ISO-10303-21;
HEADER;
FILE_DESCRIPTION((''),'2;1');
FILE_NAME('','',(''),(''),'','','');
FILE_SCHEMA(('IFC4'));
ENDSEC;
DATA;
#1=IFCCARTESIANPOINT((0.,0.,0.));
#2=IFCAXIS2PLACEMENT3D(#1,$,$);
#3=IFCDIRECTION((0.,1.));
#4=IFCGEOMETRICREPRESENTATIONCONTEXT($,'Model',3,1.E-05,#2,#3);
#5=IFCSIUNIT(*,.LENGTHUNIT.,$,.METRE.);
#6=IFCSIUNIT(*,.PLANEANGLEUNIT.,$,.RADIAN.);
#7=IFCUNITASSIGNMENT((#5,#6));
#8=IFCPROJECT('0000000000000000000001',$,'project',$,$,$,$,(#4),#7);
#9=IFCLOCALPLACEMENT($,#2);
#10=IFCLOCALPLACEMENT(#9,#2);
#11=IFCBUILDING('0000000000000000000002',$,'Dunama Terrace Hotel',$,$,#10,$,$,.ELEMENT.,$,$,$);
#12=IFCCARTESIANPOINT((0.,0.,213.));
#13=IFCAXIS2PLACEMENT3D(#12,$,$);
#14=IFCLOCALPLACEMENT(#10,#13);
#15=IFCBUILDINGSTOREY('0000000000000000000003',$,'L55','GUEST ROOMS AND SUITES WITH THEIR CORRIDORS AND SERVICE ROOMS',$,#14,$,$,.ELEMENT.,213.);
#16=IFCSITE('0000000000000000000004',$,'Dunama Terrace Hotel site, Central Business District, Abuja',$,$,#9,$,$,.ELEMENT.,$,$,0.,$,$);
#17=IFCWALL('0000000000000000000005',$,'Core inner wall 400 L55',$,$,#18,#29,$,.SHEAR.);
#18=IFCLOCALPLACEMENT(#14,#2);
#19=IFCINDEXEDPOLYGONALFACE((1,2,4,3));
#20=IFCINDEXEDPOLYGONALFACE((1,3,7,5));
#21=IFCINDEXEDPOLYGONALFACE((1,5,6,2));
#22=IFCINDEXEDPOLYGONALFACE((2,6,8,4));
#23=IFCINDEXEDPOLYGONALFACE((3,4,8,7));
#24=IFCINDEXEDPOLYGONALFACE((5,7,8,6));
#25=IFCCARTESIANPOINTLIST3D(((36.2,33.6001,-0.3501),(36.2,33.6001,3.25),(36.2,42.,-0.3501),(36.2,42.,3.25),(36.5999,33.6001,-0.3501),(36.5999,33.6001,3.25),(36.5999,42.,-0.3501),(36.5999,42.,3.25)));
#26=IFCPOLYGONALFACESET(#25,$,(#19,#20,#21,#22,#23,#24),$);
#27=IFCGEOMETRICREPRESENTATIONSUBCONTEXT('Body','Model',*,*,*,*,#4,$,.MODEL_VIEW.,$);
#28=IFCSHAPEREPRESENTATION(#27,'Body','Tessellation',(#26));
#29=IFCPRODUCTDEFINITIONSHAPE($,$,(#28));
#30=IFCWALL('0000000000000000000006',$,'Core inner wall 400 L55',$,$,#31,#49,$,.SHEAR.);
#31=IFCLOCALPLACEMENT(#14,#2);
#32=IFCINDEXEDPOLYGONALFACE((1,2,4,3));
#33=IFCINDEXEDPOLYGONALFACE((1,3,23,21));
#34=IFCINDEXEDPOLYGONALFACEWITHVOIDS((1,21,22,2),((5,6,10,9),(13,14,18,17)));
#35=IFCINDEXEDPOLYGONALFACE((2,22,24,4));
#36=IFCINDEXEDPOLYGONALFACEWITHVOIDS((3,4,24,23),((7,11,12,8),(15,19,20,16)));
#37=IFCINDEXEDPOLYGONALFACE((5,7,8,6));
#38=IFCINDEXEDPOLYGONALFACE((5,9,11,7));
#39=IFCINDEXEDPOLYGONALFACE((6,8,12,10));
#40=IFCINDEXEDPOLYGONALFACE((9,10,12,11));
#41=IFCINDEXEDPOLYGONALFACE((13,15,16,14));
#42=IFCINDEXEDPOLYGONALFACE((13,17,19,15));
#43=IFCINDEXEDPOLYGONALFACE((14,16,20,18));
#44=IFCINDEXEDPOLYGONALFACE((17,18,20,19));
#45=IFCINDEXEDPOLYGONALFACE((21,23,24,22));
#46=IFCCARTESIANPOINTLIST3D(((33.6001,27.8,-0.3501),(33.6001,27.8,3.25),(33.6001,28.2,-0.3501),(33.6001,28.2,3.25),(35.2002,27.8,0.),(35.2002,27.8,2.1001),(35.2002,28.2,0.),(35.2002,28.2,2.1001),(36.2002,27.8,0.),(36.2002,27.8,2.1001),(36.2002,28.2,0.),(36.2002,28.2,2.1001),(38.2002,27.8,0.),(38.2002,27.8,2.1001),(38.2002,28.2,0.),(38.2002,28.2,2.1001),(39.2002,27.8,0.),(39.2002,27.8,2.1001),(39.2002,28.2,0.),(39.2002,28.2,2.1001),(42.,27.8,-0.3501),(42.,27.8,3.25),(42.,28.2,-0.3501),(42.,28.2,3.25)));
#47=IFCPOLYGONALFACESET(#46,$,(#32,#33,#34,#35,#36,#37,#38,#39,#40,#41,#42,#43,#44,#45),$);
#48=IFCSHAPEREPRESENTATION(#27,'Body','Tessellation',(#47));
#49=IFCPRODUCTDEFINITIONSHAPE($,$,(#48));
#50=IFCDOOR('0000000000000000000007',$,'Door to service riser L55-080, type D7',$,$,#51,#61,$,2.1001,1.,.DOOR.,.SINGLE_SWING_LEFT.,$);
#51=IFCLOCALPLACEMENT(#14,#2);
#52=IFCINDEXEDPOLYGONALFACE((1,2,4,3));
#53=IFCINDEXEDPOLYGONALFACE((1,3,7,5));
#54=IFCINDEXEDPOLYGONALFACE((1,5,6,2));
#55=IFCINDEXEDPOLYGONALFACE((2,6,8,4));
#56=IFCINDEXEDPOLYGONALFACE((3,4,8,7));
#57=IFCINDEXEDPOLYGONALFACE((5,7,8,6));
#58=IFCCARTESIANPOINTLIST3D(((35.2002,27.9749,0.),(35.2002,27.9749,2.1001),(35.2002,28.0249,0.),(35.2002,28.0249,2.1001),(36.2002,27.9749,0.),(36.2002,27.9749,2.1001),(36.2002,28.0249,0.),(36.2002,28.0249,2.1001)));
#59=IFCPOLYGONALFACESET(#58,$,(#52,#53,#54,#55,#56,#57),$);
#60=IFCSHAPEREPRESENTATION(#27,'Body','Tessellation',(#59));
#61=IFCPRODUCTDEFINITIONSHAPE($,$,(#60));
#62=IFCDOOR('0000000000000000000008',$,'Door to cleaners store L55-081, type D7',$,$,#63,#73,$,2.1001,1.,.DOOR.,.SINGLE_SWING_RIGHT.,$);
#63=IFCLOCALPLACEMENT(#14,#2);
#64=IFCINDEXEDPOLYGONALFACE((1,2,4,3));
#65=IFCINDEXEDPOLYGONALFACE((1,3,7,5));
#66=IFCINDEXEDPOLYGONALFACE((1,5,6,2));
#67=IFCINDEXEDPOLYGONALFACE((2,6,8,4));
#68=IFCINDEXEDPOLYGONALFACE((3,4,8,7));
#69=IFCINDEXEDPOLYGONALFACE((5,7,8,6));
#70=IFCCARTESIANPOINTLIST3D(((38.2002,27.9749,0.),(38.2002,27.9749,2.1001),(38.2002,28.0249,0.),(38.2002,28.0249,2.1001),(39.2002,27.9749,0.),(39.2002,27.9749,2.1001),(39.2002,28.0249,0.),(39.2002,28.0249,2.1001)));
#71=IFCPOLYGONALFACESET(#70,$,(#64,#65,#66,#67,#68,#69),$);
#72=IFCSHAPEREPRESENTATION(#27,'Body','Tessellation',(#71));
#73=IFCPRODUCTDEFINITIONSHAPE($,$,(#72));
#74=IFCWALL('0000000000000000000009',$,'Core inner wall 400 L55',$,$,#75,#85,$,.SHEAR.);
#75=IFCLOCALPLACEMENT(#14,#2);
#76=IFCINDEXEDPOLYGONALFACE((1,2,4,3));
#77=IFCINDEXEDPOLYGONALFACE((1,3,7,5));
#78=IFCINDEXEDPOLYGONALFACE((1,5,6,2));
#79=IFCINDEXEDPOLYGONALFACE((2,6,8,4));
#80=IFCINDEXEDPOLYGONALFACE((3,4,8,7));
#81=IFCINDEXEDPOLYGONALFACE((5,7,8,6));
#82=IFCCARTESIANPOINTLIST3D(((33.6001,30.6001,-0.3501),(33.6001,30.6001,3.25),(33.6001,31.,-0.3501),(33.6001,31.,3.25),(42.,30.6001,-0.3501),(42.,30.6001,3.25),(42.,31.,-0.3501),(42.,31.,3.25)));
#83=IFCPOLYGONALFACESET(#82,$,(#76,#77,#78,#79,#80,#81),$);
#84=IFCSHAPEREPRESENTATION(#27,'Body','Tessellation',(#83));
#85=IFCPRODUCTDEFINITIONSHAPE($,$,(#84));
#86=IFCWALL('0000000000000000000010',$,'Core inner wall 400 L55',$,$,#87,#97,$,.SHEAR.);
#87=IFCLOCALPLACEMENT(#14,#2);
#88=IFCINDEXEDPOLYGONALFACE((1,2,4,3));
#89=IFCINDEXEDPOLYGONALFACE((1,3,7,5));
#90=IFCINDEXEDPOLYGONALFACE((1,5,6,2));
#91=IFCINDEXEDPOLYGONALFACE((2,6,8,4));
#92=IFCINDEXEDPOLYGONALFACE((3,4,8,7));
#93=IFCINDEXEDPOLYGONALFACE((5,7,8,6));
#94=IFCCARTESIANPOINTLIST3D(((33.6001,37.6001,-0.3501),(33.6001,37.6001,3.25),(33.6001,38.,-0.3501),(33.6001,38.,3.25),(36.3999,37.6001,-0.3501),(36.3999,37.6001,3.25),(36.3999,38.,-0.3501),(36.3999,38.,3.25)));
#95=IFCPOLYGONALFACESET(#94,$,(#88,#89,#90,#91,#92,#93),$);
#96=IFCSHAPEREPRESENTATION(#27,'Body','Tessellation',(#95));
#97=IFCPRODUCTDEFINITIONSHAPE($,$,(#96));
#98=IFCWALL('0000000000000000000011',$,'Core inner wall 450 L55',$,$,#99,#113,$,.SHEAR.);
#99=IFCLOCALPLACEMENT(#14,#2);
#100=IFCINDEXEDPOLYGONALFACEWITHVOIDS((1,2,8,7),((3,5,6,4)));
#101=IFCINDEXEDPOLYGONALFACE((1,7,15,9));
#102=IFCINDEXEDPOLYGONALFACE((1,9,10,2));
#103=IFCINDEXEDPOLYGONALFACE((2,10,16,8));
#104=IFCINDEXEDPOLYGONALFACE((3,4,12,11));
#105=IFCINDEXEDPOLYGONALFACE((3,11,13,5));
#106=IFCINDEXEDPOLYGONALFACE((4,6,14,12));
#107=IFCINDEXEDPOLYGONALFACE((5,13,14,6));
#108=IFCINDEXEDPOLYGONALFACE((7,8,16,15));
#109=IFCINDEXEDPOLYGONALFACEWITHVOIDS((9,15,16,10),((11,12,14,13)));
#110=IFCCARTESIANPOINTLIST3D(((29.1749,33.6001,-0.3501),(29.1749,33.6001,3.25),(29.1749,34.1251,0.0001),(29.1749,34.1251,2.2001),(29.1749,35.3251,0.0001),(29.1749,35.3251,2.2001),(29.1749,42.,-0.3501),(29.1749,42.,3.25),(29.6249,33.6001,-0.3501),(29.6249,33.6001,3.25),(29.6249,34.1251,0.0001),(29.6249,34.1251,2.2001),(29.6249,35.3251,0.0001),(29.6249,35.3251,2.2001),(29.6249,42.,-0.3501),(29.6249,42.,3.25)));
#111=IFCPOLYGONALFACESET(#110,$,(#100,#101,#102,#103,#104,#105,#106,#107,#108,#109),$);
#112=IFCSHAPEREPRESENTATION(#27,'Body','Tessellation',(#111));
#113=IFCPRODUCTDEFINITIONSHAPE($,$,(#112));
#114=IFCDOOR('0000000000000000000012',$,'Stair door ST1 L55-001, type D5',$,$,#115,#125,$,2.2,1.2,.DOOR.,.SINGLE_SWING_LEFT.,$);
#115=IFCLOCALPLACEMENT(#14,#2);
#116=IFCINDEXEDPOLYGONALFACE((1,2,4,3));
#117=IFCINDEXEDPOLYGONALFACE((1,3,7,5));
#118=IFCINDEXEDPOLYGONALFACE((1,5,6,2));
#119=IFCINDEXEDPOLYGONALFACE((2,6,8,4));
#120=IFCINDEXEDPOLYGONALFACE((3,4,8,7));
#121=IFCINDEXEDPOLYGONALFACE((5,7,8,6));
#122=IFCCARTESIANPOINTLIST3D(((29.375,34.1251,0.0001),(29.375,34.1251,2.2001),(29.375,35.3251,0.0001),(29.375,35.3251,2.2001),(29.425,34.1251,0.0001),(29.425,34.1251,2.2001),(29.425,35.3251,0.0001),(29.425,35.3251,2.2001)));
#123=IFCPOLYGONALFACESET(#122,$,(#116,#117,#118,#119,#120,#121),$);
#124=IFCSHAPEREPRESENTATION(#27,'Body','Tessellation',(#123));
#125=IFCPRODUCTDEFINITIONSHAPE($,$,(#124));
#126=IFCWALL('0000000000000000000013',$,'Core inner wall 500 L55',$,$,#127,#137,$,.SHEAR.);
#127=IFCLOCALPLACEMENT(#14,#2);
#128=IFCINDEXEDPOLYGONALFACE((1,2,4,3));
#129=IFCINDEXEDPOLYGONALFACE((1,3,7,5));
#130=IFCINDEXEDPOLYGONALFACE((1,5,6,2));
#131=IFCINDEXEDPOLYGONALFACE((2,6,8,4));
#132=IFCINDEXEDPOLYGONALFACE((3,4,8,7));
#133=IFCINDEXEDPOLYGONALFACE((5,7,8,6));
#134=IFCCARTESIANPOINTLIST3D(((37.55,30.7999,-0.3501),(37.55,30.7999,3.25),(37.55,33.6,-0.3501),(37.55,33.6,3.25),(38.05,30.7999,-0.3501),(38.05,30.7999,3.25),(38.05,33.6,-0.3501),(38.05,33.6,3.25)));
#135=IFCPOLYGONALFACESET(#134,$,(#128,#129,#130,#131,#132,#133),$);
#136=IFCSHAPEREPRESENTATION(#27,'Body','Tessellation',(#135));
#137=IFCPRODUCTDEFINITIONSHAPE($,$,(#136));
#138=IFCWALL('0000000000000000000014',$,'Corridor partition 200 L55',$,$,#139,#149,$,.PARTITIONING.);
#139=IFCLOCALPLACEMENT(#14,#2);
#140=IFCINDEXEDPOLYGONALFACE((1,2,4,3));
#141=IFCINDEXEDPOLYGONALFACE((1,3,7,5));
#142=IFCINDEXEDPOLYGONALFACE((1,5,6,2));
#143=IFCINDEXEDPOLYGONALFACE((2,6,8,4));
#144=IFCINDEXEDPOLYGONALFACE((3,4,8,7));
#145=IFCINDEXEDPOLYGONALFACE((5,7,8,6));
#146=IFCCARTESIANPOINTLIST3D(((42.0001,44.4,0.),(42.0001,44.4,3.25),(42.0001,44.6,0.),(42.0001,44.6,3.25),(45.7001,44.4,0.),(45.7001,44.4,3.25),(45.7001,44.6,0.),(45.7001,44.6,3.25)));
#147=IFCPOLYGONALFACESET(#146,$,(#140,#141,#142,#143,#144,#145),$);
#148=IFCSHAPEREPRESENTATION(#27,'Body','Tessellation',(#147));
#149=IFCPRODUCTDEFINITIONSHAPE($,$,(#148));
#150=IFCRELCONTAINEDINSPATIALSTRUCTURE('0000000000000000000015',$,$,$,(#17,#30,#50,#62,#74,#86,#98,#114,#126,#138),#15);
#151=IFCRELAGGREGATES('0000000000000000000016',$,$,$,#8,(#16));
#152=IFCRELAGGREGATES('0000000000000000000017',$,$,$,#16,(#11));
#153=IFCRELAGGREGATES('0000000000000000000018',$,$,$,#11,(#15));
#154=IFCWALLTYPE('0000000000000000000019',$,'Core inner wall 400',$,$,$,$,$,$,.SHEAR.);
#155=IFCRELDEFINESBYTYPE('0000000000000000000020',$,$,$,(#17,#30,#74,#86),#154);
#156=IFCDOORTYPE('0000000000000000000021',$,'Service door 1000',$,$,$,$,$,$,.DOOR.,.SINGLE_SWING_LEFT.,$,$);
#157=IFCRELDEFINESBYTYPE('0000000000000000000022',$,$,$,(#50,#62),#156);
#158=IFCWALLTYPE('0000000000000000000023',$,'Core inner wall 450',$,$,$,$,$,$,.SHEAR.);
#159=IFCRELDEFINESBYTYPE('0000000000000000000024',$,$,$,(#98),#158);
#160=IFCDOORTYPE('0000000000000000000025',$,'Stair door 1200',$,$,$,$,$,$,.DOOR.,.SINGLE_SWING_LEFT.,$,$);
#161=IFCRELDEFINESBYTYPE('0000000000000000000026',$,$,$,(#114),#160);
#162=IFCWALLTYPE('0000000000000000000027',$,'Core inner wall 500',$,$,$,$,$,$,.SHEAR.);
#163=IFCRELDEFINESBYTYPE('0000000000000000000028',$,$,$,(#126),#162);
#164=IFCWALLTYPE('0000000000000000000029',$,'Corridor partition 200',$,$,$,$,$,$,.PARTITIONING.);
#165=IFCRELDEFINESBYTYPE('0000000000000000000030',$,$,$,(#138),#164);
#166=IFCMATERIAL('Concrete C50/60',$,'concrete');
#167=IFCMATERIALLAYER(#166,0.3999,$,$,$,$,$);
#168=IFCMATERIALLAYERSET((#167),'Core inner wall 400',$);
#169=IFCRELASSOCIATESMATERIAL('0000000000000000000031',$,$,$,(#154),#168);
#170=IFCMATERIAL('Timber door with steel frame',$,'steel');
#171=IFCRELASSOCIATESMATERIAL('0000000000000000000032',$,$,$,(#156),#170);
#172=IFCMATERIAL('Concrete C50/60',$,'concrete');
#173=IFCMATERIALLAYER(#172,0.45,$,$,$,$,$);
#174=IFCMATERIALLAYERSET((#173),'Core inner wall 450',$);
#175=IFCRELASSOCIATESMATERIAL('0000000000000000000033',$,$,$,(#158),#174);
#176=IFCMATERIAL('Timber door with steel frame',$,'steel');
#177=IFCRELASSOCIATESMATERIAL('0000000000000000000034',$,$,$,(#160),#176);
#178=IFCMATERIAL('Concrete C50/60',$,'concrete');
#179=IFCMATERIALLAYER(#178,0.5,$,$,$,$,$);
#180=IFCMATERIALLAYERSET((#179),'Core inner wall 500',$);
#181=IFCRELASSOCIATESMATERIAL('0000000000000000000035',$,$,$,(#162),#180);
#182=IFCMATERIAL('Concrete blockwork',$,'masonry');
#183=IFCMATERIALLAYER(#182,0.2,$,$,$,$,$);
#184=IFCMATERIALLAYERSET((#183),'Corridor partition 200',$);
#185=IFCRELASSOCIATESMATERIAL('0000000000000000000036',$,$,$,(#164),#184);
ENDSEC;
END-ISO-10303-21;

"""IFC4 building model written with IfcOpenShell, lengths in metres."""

from ifc_helpers import new_model, si_unit, direction, frame, frame_2d, origin, place, context, subcontext, project, spatial, rectangle, extrude, material, layer, layer_set, type_object, element, fill, save


model = new_model("IFC4")

# Units and contexts
model_context = context("Model", 3, precision=1e-05, world=origin(), true_north=direction((0.0, 1.0)))
body_context = subcontext(model_context, "Body", "Model", "MODEL_VIEW")
ifc_project = project(units=[si_unit("LENGTHUNIT", "METRE"), si_unit("PLANEANGLEUNIT", "RADIAN")], contexts=[model_context])

# Site, building, storey
site_placement = place(None, origin())
site = spatial("IfcSite", under=ifc_project, at=site_placement, Name="Dunama Terrace Hotel site, Central Business District, Abuja", CompositionType="ELEMENT", RefElevation=0.0)
building_placement = place(site_placement, origin())
building = spatial("IfcBuilding", under=site, at=building_placement, Name="Dunama Terrace Hotel", CompositionType="ELEMENT")
storey_placement = place(building_placement, frame((0.0, 0.0, 213.0)))
storey = spatial("IfcBuildingStorey", under=building, at=storey_placement, Name="L55", Description="GUEST ROOMS AND SUITES WITH THEIR CORRIDORS AND SERVICE ROOMS", CompositionType="ELEMENT", Elevation=213.0)

# Wall
ifc_material_1 = material(Name="Concrete C50/60", Category="concrete")
ifc_layer_1 = layer(ifc_material_1, 0.3999)
ifc_layer_set_1 = layer_set([ifc_layer_1], Name="Core inner wall 400")
wall_type_1 = type_object("IfcWallType", Name="Core inner wall 400", PredefinedType="SHEAR", material=ifc_layer_set_1)
wall_1_placement = place(storey_placement, frame((36.3999, 33.6001, -0.3501), z_axis=(0.0, 0.0, 1.0), x_axis=(0.0, 1.0, 0.0)))
element("IfcWall", 1, at=wall_1_placement, inside=storey, type_object=wall_type_1, Name="Core inner wall 400 L55", PredefinedType="SHEAR", context=body_context, shape_type="SweptSolid", body=[
    extrude(rectangle(XDim=8.3999, YDim=0.3999, at=frame_2d((4.2, 0.0))), origin(), (0.0, 0.0, 1.0), 3.6001),
])

# Wall, openings, doors
wall_2_placement = place(storey_placement, frame((33.6001, 28.0, -0.3501), z_axis=(0.0, 0.0, 1.0), x_axis=(1.0, 0.0, 0.0)))
wall_2 = element("IfcWall", 2, at=wall_2_placement, inside=storey, type_object=wall_type_1, Name="Core inner wall 400 L55", PredefinedType="SHEAR", context=body_context, shape_type="SweptSolid", body=[
    extrude(rectangle(XDim=8.3999, YDim=0.3999, at=frame_2d((4.2, 0.0))), origin(), (0.0, 0.0, 1.0), 3.6001),
])
opening_1_placement = place(wall_2_placement, frame((1.6001, 0.0, 0.3501)))
opening_1 = element("IfcOpeningElement", 3, at=opening_1_placement, cuts=wall_2, PredefinedType="OPENING", context=body_context, shape_type="SweptSolid", body=[
    extrude(rectangle(XDim=1.0, YDim=2.1001, at=frame_2d((0.5, 1.05))), frame((0.0, 0.21, 0.0), z_axis=(0.0, -1.0, 0.0), x_axis=(1.0, 0.0, 0.0)), (0.0, 0.0, 1.0), 0.4199),
])
opening_2_placement = place(wall_2_placement, frame((4.6001, 0.0, 0.3501)))
opening_2 = element("IfcOpeningElement", 4, at=opening_2_placement, cuts=wall_2, PredefinedType="OPENING", context=body_context, shape_type="SweptSolid", body=[
    extrude(rectangle(XDim=1.0, YDim=2.1001, at=frame_2d((0.5, 1.05))), frame((0.0, 0.21, 0.0), z_axis=(0.0, -1.0, 0.0), x_axis=(1.0, 0.0, 0.0)), (0.0, 0.0, 1.0), 0.4199),
])
ifc_material_2 = material(Name="Timber door with steel frame", Category="steel")
door_type_1 = type_object("IfcDoorType", Name="Service door 1000", OperationType="SINGLE_SWING_LEFT", PredefinedType="DOOR", material=ifc_material_2)
door_1_placement = place(opening_1_placement, frame((1.0, 0.0, 0.0), z_axis=(0.0, 0.0, 1.0), x_axis=(-1.0, 0.0, 0.0)))
door_1 = element("IfcDoor", 5, at=door_1_placement, inside=storey, type_object=door_type_1, Name="Door to service riser L55-080, type D7", OperationType="SINGLE_SWING_LEFT", OverallHeight=2.1001, OverallWidth=1.0, PredefinedType="DOOR", context=body_context, shape_type="SweptSolid", body=[
    extrude(rectangle(XDim=1.0, YDim=2.1001, at=frame_2d((0.5, 1.05))), frame((0.0, 0.0251, 0.0), z_axis=(0.0, -1.0, 0.0), x_axis=(1.0, 0.0, 0.0)), (0.0, 0.0, 1.0), 0.05),
])
fill(opening_1, door_1)
door_2_placement = place(opening_2_placement, frame((1.0, 0.0, 0.0), z_axis=(0.0, 0.0, 1.0), x_axis=(-1.0, 0.0, 0.0)))
door_2 = element("IfcDoor", 6, at=door_2_placement, inside=storey, type_object=door_type_1, Name="Door to cleaners store L55-081, type D7", OperationType="SINGLE_SWING_RIGHT", OverallHeight=2.1001, OverallWidth=1.0, PredefinedType="DOOR", context=body_context, shape_type="SweptSolid", body=[
    extrude(rectangle(XDim=1.0, YDim=2.1001, at=frame_2d((0.5, 1.05))), frame((0.0, 0.0251, 0.0), z_axis=(0.0, -1.0, 0.0), x_axis=(1.0, 0.0, 0.0)), (0.0, 0.0, 1.0), 0.05),
])
fill(opening_2, door_2)

# Walls
wall_3_placement = place(storey_placement, frame((33.6001, 30.8, -0.3501), z_axis=(0.0, 0.0, 1.0), x_axis=(1.0, 0.0, 0.0)))
element("IfcWall", 7, at=wall_3_placement, inside=storey, type_object=wall_type_1, Name="Core inner wall 400 L55", PredefinedType="SHEAR", context=body_context, shape_type="SweptSolid", body=[
    extrude(rectangle(XDim=8.3999, YDim=0.3999, at=frame_2d((4.2, 0.0))), origin(), (0.0, 0.0, 1.0), 3.6001),
])
wall_4_placement = place(storey_placement, frame((33.6001, 37.8, -0.3501), z_axis=(0.0, 0.0, 1.0), x_axis=(1.0, 0.0, 0.0)))
element("IfcWall", 8, at=wall_4_placement, inside=storey, type_object=wall_type_1, Name="Core inner wall 400 L55", PredefinedType="SHEAR", context=body_context, shape_type="SweptSolid", body=[
    extrude(rectangle(XDim=2.7998, YDim=0.3999, at=frame_2d((1.3999, 0.0))), origin(), (0.0, 0.0, 1.0), 3.6001),
])

# Wall, opening, door
ifc_material_3 = material(Name="Concrete C50/60", Category="concrete")
ifc_layer_2 = layer(ifc_material_3, 0.45)
ifc_layer_set_2 = layer_set([ifc_layer_2], Name="Core inner wall 450")
wall_type_2 = type_object("IfcWallType", Name="Core inner wall 450", PredefinedType="SHEAR", material=ifc_layer_set_2)
wall_5_placement = place(storey_placement, frame((29.3999, 33.6001, -0.3501), z_axis=(0.0, 0.0, 1.0), x_axis=(0.0, 1.0, 0.0)))
wall_5 = element("IfcWall", 9, at=wall_5_placement, inside=storey, type_object=wall_type_2, Name="Core inner wall 450 L55", PredefinedType="SHEAR", context=body_context, shape_type="SweptSolid", body=[
    extrude(rectangle(XDim=8.3999, YDim=0.45, at=frame_2d((4.2, 0.0))), origin(), (0.0, 0.0, 1.0), 3.6001),
])
opening_3_placement = place(wall_5_placement, frame((0.5249, 0.0, 0.3501)))
opening_3 = element("IfcOpeningElement", 10, at=opening_3_placement, cuts=wall_5, PredefinedType="OPENING", context=body_context, shape_type="SweptSolid", body=[
    extrude(rectangle(XDim=1.2, YDim=2.2, at=frame_2d((0.6001, 1.1001))), frame((0.0, 0.2349, 0.0), z_axis=(0.0, -1.0, 0.0), x_axis=(1.0, 0.0, 0.0)), (0.0, 0.0, 1.0), 0.47),
])
ifc_material_4 = material(Name="Timber door with steel frame", Category="steel")
door_type_2 = type_object("IfcDoorType", Name="Stair door 1200", OperationType="SINGLE_SWING_LEFT", PredefinedType="DOOR", material=ifc_material_4)
door_3_placement = place(opening_3_placement, origin())
door_3 = element("IfcDoor", 11, at=door_3_placement, inside=storey, type_object=door_type_2, Name="Stair door ST1 L55-001, type D5", OperationType="SINGLE_SWING_LEFT", OverallHeight=2.2, OverallWidth=1.2, PredefinedType="DOOR", context=body_context, shape_type="SweptSolid", body=[
    extrude(rectangle(XDim=1.2, YDim=2.2, at=frame_2d((0.6001, 1.1001))), frame((0.0, 0.0249, 0.0), z_axis=(0.0, -1.0, 0.0), x_axis=(1.0, 0.0, 0.0)), (0.0, 0.0, 1.0), 0.05),
])
fill(opening_3, door_3)

# Walls
ifc_material_5 = material(Name="Concrete C50/60", Category="concrete")
ifc_layer_3 = layer(ifc_material_5, 0.5)
ifc_layer_set_3 = layer_set([ifc_layer_3], Name="Core inner wall 500")
wall_type_3 = type_object("IfcWallType", Name="Core inner wall 500", PredefinedType="SHEAR", material=ifc_layer_set_3)
wall_6_placement = place(storey_placement, frame((37.8, 30.8, -0.3501), z_axis=(0.0, 0.0, 1.0), x_axis=(0.0, 1.0, 0.0)))
element("IfcWall", 12, at=wall_6_placement, inside=storey, type_object=wall_type_3, Name="Core inner wall 500 L55", PredefinedType="SHEAR", context=body_context, shape_type="SweptSolid", body=[
    extrude(rectangle(XDim=2.8, YDim=0.5, at=frame_2d((1.3999, 0.0))), origin(), (0.0, 0.0, 1.0), 3.6001),
])
ifc_material_6 = material(Name="Concrete blockwork", Category="masonry")
ifc_layer_4 = layer(ifc_material_6, 0.2)
ifc_layer_set_4 = layer_set([ifc_layer_4], Name="Corridor partition 200")
wall_type_4 = type_object("IfcWallType", Name="Corridor partition 200", PredefinedType="PARTITIONING", material=ifc_layer_set_4)
wall_7_placement = place(storey_placement, frame((42.0, 44.5, 0.0), z_axis=(0.0, 0.0, 1.0), x_axis=(1.0, 0.0, 0.0)))
element("IfcWall", 13, at=wall_7_placement, inside=storey, type_object=wall_type_4, Name="Corridor partition 200 L55", PredefinedType="PARTITIONING", context=body_context, shape_type="SweptSolid", body=[
    extrude(rectangle(XDim=3.7, YDim=0.2, at=frame_2d((1.8501, 0.0))), origin(), (0.0, 0.0, 1.0), 3.25),
])

save(model, "model.ifc")
